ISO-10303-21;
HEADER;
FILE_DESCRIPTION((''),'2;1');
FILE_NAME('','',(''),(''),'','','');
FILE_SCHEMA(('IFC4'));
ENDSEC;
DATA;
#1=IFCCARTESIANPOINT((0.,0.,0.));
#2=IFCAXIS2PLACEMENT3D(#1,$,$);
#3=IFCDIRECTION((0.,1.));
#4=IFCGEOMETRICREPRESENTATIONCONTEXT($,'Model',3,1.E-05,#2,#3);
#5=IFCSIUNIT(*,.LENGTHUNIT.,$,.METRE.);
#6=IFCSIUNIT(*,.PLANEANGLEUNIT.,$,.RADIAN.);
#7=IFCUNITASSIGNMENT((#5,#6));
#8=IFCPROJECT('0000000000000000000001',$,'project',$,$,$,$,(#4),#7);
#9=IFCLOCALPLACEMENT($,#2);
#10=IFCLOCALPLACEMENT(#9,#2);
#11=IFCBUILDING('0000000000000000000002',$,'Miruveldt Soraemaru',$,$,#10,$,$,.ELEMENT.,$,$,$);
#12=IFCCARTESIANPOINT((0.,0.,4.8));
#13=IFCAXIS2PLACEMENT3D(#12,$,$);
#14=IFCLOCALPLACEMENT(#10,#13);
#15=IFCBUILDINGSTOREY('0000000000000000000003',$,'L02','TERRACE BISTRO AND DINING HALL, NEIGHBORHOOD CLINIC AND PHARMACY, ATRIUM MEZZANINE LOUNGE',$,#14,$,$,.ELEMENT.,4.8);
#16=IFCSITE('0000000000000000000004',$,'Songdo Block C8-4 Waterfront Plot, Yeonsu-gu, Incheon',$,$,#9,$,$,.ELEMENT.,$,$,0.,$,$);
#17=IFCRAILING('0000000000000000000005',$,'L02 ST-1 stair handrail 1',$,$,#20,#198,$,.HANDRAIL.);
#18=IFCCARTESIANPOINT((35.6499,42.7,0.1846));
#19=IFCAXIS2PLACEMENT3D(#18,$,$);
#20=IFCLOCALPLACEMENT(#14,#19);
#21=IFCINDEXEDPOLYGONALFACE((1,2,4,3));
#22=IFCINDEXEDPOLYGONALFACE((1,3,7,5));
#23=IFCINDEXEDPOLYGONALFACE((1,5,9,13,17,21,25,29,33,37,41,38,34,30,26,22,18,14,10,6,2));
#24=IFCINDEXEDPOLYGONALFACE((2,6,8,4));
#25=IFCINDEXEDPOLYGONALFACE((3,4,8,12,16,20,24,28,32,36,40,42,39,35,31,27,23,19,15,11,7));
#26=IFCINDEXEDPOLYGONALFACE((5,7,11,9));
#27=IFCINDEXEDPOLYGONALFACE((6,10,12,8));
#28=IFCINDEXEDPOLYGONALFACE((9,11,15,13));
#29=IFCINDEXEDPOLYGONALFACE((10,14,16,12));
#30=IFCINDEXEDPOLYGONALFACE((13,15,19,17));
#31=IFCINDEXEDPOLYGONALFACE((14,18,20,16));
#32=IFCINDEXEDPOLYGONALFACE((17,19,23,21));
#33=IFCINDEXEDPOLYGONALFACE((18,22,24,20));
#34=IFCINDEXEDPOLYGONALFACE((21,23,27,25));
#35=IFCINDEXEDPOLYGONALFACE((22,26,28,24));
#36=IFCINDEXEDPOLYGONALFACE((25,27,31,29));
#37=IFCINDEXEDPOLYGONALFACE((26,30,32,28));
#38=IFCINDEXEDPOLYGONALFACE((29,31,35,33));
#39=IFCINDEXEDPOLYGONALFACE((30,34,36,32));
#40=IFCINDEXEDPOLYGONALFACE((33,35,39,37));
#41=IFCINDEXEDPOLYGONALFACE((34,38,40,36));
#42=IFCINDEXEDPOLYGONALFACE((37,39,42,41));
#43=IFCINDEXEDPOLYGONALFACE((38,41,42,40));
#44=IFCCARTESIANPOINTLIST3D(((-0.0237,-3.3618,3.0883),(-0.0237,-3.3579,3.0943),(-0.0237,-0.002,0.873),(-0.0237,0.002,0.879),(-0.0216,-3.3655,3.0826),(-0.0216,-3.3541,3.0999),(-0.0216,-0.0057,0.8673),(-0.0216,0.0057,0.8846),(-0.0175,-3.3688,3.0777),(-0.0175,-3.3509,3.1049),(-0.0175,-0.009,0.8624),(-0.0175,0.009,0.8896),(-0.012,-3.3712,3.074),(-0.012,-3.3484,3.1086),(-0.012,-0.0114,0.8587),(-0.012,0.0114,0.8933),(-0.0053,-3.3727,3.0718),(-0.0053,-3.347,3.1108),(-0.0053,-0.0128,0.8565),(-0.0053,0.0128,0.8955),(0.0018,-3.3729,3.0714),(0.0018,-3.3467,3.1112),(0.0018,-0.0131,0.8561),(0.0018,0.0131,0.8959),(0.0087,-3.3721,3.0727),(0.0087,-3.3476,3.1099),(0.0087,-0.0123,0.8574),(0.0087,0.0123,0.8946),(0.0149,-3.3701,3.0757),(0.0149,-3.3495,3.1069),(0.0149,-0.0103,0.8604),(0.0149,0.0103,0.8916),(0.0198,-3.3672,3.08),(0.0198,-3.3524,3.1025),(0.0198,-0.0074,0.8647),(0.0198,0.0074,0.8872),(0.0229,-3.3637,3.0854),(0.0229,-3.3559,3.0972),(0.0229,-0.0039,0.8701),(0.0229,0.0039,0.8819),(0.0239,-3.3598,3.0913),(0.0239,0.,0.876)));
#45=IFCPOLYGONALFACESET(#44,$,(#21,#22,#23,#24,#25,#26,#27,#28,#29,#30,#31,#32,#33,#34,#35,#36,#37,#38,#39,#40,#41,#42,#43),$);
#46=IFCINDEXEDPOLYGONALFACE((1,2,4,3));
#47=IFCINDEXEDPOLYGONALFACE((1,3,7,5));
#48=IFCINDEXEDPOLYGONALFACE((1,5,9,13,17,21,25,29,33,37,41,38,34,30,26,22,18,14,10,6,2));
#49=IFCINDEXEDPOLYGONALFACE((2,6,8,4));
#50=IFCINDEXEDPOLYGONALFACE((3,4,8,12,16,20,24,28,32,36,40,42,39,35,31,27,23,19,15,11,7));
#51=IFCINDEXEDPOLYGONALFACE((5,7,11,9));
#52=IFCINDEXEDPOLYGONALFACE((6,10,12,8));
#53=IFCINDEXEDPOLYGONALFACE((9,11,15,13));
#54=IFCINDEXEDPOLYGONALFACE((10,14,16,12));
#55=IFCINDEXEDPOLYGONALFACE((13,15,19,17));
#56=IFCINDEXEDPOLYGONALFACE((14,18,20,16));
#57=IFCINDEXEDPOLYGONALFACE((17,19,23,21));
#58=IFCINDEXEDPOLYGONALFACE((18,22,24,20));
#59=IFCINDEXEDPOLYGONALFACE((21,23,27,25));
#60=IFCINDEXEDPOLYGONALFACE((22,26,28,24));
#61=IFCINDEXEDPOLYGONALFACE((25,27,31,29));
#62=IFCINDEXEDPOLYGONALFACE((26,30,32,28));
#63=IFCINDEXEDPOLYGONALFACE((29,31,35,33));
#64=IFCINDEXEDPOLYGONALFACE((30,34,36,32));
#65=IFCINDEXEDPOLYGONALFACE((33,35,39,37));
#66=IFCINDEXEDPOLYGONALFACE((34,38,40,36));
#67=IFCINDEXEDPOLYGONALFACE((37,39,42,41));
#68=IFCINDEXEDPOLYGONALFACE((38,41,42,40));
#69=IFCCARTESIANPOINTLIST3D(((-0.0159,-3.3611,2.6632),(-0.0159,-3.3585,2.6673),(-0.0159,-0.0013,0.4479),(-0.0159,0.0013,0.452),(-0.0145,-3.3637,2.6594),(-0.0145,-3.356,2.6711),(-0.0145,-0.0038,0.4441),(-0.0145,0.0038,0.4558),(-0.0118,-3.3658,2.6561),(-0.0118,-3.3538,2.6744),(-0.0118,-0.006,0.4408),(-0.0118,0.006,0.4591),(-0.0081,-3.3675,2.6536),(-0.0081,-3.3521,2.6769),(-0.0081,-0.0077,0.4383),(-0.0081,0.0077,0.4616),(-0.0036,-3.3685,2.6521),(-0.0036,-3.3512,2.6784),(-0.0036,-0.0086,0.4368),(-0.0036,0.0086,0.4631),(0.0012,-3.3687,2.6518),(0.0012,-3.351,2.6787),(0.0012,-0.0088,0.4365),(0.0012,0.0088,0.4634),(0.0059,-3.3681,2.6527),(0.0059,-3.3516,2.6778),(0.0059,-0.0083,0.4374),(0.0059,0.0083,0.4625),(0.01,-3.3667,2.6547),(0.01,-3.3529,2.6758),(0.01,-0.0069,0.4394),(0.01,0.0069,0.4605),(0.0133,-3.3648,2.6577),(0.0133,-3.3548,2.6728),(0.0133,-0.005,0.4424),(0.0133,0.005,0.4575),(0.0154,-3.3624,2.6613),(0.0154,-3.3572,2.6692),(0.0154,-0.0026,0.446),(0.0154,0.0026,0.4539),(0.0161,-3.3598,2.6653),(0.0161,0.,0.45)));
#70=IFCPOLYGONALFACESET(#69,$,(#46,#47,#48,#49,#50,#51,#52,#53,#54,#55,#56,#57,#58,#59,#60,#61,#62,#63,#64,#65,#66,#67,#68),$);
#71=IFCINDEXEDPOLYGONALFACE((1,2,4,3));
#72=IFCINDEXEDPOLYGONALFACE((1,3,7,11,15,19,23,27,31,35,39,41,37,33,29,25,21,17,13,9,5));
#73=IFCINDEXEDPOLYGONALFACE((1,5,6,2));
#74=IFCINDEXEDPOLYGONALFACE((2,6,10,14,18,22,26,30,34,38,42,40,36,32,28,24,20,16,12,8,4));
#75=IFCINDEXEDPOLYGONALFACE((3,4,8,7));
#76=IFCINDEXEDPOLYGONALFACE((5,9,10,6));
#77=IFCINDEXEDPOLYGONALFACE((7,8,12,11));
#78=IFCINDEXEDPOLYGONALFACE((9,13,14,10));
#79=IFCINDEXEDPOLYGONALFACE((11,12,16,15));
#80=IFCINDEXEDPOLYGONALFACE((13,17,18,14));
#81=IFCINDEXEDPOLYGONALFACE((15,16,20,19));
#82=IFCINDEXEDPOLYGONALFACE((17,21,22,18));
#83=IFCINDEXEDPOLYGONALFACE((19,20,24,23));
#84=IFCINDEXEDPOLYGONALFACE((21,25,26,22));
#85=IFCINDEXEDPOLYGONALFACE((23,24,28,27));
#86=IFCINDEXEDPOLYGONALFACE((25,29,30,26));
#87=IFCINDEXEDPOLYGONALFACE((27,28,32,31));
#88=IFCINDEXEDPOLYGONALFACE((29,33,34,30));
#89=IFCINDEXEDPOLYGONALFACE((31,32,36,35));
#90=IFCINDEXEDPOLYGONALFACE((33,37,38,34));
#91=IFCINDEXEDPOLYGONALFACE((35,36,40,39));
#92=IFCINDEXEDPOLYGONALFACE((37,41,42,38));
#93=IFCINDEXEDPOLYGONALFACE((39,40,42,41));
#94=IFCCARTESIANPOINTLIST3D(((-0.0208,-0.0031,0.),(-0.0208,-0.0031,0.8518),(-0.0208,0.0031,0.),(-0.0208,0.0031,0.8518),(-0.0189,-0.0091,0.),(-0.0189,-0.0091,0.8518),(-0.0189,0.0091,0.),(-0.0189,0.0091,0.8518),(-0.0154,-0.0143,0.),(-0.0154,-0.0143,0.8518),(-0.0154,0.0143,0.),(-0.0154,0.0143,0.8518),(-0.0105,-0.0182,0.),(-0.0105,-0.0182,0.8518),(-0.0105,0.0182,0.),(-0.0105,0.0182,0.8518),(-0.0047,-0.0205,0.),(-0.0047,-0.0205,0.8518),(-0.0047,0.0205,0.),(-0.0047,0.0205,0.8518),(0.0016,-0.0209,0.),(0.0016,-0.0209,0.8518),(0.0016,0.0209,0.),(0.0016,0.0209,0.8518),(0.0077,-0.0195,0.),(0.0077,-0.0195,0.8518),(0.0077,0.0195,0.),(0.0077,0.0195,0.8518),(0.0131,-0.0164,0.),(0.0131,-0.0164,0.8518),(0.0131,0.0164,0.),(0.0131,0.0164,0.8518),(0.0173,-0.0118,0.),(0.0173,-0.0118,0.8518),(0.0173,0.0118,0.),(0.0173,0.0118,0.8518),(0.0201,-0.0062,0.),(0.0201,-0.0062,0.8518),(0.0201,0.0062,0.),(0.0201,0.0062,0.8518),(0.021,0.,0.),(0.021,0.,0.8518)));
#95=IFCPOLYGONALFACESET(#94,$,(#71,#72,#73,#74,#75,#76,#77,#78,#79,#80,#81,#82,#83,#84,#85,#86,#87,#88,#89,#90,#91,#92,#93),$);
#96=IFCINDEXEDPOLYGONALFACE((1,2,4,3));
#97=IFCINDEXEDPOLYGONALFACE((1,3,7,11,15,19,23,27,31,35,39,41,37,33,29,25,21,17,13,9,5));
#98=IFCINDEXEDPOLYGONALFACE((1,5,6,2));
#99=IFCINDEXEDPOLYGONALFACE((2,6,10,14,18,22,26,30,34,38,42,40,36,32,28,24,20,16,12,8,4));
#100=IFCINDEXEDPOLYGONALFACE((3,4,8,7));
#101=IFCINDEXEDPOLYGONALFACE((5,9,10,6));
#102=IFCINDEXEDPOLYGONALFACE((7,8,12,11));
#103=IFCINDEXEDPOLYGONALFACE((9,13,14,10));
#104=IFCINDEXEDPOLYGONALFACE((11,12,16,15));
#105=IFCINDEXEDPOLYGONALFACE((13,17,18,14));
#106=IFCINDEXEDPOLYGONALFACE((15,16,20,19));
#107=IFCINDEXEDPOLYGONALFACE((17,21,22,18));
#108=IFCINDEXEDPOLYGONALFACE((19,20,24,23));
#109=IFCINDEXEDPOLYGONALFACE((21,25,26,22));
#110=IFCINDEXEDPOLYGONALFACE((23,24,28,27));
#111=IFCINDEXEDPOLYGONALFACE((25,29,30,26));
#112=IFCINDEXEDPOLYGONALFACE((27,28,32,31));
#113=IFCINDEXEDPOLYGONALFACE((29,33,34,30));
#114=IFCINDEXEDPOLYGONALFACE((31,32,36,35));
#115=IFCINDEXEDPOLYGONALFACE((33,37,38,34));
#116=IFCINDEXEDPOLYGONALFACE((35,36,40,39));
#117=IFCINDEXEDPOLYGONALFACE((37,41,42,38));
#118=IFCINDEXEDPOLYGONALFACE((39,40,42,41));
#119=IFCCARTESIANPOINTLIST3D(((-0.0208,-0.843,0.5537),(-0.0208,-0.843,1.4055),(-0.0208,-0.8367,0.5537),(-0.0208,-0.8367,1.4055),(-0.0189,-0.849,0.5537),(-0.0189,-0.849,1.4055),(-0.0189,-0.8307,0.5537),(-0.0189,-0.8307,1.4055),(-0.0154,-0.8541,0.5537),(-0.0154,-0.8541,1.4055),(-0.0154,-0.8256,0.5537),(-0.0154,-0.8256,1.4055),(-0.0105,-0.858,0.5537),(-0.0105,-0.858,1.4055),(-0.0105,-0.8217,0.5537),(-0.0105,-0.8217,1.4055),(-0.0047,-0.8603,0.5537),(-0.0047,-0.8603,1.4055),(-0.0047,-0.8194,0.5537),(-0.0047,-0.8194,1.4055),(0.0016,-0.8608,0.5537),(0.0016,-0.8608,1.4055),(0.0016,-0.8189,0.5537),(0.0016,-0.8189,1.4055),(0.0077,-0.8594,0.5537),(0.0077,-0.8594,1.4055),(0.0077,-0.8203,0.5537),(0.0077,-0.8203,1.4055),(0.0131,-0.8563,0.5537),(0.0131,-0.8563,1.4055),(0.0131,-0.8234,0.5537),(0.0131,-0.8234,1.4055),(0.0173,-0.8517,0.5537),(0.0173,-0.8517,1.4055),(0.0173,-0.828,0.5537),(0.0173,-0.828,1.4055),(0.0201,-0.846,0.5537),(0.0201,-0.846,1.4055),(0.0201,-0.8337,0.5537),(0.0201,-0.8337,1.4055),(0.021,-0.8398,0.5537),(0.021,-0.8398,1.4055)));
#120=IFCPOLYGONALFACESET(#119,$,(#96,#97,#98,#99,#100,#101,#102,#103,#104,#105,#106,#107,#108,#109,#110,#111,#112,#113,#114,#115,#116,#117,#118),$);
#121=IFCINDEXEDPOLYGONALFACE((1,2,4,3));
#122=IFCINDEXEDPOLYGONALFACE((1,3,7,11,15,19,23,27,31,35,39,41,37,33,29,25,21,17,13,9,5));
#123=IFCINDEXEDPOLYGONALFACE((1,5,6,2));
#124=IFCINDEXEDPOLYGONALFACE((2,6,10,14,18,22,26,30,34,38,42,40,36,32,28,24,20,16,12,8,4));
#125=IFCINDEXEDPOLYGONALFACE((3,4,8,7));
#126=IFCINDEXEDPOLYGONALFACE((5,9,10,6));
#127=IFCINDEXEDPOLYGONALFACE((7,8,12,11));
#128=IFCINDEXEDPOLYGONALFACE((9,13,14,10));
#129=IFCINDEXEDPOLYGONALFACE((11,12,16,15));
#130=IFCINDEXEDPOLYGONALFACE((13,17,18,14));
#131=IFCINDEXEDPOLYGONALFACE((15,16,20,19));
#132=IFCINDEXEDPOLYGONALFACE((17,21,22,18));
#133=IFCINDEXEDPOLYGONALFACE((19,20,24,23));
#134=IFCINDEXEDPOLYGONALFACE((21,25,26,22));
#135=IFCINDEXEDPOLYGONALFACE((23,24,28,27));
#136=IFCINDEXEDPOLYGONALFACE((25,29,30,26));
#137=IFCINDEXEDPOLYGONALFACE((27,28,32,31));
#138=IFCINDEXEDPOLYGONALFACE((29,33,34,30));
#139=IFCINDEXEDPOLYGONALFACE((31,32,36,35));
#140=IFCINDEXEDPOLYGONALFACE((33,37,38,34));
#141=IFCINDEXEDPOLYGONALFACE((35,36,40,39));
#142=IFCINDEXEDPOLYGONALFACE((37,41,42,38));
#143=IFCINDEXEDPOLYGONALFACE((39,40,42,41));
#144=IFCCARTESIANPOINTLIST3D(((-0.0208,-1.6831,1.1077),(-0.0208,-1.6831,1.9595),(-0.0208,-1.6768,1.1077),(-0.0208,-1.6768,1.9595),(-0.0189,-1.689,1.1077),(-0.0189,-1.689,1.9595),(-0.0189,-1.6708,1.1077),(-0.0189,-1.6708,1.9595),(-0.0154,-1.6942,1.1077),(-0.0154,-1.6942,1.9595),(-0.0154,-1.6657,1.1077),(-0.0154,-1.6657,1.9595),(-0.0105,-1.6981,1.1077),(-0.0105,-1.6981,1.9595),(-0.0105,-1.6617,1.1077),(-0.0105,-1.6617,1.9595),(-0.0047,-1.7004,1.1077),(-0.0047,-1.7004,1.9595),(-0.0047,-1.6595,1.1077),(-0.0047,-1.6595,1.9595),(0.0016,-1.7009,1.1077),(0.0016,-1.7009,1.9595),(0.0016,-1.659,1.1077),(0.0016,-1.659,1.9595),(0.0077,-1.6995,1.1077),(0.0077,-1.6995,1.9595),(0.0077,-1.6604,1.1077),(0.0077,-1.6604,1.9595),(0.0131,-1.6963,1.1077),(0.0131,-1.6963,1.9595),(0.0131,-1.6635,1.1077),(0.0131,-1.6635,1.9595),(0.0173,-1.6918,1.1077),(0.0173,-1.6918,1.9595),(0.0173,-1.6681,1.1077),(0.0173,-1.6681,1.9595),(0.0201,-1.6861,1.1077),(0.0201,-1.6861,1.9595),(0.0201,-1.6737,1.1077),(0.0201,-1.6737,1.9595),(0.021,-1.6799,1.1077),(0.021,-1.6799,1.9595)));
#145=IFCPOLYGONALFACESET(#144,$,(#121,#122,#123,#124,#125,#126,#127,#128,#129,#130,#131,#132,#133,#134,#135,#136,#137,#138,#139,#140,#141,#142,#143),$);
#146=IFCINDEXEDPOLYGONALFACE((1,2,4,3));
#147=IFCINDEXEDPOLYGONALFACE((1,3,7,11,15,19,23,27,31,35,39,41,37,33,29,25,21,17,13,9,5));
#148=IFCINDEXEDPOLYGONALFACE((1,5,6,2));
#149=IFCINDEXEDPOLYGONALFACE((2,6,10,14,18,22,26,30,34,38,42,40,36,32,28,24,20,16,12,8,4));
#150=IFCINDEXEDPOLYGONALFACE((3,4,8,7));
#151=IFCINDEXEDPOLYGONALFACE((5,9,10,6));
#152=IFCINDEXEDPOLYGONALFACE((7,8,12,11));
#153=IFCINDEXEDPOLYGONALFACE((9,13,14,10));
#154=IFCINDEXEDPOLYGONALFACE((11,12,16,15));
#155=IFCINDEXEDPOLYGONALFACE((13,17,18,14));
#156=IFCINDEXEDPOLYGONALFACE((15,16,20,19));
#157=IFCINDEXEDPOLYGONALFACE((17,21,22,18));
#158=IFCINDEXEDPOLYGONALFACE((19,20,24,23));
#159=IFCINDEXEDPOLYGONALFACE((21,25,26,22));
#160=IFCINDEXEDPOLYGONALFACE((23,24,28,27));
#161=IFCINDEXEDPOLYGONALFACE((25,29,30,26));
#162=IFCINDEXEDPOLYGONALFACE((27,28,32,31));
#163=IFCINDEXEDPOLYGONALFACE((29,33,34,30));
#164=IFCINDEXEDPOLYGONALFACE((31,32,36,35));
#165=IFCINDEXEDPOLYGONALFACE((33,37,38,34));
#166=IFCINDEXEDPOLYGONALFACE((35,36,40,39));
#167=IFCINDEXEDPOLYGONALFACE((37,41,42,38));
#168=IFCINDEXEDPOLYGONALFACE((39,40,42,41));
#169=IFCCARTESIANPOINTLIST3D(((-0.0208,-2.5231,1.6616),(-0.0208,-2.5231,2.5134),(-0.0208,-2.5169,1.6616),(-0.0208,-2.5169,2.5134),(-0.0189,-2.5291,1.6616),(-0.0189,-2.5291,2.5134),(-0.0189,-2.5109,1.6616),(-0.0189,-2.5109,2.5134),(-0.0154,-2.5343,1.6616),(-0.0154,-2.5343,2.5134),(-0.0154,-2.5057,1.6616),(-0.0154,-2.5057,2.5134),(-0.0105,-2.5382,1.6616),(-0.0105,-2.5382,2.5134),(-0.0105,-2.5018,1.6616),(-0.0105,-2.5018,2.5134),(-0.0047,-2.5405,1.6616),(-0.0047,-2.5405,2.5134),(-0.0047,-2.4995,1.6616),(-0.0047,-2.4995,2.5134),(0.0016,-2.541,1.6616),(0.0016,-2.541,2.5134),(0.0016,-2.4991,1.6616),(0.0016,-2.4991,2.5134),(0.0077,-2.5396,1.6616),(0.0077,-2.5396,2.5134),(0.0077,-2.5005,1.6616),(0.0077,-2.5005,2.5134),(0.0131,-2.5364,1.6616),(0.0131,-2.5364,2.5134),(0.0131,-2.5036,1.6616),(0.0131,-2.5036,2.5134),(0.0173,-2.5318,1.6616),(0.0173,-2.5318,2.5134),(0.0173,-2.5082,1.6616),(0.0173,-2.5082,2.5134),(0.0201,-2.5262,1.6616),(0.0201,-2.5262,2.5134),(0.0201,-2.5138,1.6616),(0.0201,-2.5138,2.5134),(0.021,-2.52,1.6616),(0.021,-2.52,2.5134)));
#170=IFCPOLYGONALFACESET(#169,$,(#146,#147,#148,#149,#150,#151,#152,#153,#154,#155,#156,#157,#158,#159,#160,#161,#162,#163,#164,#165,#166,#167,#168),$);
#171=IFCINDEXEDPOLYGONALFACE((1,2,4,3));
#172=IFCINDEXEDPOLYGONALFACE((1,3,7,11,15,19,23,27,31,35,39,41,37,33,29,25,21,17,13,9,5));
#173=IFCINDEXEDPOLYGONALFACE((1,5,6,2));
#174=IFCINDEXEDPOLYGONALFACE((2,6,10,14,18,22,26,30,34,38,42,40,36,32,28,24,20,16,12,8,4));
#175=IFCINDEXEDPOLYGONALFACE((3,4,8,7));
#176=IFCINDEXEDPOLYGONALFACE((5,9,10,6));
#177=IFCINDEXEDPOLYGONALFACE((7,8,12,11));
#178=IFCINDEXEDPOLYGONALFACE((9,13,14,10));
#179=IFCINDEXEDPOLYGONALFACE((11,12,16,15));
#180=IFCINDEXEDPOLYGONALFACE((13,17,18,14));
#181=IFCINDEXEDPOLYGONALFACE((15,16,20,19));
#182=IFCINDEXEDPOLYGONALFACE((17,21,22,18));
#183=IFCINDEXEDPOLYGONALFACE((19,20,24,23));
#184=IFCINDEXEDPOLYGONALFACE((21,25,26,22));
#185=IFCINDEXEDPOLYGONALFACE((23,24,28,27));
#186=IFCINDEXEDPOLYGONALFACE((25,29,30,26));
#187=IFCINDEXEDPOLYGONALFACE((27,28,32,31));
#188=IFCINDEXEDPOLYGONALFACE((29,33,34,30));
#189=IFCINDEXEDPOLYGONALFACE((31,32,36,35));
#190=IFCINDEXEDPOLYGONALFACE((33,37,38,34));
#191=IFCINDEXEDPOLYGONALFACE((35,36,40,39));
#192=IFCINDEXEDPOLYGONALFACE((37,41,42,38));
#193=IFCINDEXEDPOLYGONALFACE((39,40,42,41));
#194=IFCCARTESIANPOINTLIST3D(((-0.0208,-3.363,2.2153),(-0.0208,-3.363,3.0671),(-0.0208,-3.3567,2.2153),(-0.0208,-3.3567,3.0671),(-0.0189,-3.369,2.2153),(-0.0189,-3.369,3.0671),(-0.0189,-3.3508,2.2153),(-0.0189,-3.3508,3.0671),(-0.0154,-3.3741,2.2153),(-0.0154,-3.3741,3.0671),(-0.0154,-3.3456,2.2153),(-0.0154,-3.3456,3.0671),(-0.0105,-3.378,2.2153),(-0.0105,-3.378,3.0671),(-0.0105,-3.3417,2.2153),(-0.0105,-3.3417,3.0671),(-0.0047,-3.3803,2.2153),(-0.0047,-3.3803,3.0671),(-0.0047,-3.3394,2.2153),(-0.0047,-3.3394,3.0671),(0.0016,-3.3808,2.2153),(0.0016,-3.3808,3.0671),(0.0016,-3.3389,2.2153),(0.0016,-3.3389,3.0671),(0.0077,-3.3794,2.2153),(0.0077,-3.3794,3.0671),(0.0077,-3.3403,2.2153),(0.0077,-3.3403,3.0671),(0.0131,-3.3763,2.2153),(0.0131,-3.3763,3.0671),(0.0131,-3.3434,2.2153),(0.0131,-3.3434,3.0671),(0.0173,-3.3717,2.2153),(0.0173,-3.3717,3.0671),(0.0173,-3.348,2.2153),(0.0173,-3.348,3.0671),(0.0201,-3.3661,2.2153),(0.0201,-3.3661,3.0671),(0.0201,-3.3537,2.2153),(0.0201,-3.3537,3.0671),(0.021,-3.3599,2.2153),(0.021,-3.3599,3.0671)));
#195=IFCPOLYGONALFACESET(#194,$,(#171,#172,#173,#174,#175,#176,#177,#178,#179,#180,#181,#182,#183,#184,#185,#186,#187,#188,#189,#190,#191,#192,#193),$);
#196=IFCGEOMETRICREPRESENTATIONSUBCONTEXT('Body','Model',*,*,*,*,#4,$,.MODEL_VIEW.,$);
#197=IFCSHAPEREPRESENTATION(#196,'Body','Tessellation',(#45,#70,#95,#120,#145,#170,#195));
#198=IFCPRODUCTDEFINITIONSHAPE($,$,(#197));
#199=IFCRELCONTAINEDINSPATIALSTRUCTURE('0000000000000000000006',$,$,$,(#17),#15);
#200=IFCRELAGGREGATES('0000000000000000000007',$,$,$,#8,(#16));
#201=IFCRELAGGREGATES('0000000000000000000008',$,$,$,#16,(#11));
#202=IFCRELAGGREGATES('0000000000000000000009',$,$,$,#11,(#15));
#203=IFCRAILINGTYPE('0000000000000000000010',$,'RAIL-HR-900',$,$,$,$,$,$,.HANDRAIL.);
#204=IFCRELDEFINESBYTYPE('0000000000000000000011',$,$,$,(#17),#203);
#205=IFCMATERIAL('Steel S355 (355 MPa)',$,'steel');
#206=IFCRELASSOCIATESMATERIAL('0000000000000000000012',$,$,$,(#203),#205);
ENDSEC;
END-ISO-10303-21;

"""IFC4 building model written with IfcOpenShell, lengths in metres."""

from ifc_helpers import new_model, si_unit, direction, frame, origin, origin_2d, place, context, subcontext, project, spatial, circle, extrude, material, type_object, element, save


model = new_model("IFC4")

# Units and contexts
model_context = context("Model", 3, precision=1e-05, world=origin(), true_north=direction((0.0, 1.0)))
body_context = subcontext(model_context, "Body", "Model", "MODEL_VIEW")
ifc_project = project(units=[si_unit("LENGTHUNIT", "METRE"), si_unit("PLANEANGLEUNIT", "RADIAN")], contexts=[model_context])

# Site, building, storey
site_placement = place(None, origin())
site = spatial("IfcSite", under=ifc_project, at=site_placement, Name="Songdo Block C8-4 Waterfront Plot, Yeonsu-gu, Incheon", CompositionType="ELEMENT", RefElevation=0.0)
building_placement = place(site_placement, origin())
building = spatial("IfcBuilding", under=site, at=building_placement, Name="Miruveldt Soraemaru", CompositionType="ELEMENT")
storey_placement = place(building_placement, frame((0.0, 0.0, 4.8)))
storey = spatial("IfcBuildingStorey", under=building, at=storey_placement, Name="L02", Description="TERRACE BISTRO AND DINING HALL, NEIGHBORHOOD CLINIC AND PHARMACY, ATRIUM MEZZANINE LOUNGE", CompositionType="ELEMENT", Elevation=4.8)

# Railing
ifc_material_1 = material(Name="Steel S355 (355 MPa)", Category="steel")
railing_type_1 = type_object("IfcRailingType", Name="RAIL-HR-900", PredefinedType="HANDRAIL", material=ifc_material_1)
for number, where, name in (
    (1, (35.6499, 42.7, 0.1846), "L02 ST-1 stair handrail 1"),
):
    element("IfcRailing", number, at=place(storey_placement, frame(where)), inside=storey, type_object=railing_type_1, Name=name, PredefinedType="HANDRAIL", context=body_context, shape_type="SweptSolid", body=[
        extrude(circle(Radius=0.0239, at=origin_2d()), frame((0.0, 0.0, 0.876), z_axis=(0.0, -0.834858, 0.550465), x_axis=(1.0, 0.0, 0.0)), (0.0, 0.0, 1.0), 4.0244),
        extrude(circle(Radius=0.0161, at=origin_2d()), frame((0.0, 0.0, 0.45), z_axis=(0.0, -0.834858, 0.550465), x_axis=(1.0, 0.0, 0.0)), (0.0, 0.0, 1.0), 4.0244),
        extrude(circle(Radius=0.021, at=origin_2d()), origin(), (0.0, 0.0, 1.0), 0.8518),
        extrude(circle(Radius=0.021, at=origin_2d()), frame((0.0, -0.8398, 0.5537)), (0.0, 0.0, 1.0), 0.8518),
        extrude(circle(Radius=0.021, at=origin_2d()), frame((0.0, -1.6799, 1.1077)), (0.0, 0.0, 1.0), 0.8518),
        extrude(circle(Radius=0.021, at=origin_2d()), frame((0.0, -2.52, 1.6616)), (0.0, 0.0, 1.0), 0.8518),
        extrude(circle(Radius=0.021, at=origin_2d()), frame((0.0, -3.3599, 2.2153)), (0.0, 0.0, 1.0), 0.8518),
    ])

save(model, "model.ifc")
